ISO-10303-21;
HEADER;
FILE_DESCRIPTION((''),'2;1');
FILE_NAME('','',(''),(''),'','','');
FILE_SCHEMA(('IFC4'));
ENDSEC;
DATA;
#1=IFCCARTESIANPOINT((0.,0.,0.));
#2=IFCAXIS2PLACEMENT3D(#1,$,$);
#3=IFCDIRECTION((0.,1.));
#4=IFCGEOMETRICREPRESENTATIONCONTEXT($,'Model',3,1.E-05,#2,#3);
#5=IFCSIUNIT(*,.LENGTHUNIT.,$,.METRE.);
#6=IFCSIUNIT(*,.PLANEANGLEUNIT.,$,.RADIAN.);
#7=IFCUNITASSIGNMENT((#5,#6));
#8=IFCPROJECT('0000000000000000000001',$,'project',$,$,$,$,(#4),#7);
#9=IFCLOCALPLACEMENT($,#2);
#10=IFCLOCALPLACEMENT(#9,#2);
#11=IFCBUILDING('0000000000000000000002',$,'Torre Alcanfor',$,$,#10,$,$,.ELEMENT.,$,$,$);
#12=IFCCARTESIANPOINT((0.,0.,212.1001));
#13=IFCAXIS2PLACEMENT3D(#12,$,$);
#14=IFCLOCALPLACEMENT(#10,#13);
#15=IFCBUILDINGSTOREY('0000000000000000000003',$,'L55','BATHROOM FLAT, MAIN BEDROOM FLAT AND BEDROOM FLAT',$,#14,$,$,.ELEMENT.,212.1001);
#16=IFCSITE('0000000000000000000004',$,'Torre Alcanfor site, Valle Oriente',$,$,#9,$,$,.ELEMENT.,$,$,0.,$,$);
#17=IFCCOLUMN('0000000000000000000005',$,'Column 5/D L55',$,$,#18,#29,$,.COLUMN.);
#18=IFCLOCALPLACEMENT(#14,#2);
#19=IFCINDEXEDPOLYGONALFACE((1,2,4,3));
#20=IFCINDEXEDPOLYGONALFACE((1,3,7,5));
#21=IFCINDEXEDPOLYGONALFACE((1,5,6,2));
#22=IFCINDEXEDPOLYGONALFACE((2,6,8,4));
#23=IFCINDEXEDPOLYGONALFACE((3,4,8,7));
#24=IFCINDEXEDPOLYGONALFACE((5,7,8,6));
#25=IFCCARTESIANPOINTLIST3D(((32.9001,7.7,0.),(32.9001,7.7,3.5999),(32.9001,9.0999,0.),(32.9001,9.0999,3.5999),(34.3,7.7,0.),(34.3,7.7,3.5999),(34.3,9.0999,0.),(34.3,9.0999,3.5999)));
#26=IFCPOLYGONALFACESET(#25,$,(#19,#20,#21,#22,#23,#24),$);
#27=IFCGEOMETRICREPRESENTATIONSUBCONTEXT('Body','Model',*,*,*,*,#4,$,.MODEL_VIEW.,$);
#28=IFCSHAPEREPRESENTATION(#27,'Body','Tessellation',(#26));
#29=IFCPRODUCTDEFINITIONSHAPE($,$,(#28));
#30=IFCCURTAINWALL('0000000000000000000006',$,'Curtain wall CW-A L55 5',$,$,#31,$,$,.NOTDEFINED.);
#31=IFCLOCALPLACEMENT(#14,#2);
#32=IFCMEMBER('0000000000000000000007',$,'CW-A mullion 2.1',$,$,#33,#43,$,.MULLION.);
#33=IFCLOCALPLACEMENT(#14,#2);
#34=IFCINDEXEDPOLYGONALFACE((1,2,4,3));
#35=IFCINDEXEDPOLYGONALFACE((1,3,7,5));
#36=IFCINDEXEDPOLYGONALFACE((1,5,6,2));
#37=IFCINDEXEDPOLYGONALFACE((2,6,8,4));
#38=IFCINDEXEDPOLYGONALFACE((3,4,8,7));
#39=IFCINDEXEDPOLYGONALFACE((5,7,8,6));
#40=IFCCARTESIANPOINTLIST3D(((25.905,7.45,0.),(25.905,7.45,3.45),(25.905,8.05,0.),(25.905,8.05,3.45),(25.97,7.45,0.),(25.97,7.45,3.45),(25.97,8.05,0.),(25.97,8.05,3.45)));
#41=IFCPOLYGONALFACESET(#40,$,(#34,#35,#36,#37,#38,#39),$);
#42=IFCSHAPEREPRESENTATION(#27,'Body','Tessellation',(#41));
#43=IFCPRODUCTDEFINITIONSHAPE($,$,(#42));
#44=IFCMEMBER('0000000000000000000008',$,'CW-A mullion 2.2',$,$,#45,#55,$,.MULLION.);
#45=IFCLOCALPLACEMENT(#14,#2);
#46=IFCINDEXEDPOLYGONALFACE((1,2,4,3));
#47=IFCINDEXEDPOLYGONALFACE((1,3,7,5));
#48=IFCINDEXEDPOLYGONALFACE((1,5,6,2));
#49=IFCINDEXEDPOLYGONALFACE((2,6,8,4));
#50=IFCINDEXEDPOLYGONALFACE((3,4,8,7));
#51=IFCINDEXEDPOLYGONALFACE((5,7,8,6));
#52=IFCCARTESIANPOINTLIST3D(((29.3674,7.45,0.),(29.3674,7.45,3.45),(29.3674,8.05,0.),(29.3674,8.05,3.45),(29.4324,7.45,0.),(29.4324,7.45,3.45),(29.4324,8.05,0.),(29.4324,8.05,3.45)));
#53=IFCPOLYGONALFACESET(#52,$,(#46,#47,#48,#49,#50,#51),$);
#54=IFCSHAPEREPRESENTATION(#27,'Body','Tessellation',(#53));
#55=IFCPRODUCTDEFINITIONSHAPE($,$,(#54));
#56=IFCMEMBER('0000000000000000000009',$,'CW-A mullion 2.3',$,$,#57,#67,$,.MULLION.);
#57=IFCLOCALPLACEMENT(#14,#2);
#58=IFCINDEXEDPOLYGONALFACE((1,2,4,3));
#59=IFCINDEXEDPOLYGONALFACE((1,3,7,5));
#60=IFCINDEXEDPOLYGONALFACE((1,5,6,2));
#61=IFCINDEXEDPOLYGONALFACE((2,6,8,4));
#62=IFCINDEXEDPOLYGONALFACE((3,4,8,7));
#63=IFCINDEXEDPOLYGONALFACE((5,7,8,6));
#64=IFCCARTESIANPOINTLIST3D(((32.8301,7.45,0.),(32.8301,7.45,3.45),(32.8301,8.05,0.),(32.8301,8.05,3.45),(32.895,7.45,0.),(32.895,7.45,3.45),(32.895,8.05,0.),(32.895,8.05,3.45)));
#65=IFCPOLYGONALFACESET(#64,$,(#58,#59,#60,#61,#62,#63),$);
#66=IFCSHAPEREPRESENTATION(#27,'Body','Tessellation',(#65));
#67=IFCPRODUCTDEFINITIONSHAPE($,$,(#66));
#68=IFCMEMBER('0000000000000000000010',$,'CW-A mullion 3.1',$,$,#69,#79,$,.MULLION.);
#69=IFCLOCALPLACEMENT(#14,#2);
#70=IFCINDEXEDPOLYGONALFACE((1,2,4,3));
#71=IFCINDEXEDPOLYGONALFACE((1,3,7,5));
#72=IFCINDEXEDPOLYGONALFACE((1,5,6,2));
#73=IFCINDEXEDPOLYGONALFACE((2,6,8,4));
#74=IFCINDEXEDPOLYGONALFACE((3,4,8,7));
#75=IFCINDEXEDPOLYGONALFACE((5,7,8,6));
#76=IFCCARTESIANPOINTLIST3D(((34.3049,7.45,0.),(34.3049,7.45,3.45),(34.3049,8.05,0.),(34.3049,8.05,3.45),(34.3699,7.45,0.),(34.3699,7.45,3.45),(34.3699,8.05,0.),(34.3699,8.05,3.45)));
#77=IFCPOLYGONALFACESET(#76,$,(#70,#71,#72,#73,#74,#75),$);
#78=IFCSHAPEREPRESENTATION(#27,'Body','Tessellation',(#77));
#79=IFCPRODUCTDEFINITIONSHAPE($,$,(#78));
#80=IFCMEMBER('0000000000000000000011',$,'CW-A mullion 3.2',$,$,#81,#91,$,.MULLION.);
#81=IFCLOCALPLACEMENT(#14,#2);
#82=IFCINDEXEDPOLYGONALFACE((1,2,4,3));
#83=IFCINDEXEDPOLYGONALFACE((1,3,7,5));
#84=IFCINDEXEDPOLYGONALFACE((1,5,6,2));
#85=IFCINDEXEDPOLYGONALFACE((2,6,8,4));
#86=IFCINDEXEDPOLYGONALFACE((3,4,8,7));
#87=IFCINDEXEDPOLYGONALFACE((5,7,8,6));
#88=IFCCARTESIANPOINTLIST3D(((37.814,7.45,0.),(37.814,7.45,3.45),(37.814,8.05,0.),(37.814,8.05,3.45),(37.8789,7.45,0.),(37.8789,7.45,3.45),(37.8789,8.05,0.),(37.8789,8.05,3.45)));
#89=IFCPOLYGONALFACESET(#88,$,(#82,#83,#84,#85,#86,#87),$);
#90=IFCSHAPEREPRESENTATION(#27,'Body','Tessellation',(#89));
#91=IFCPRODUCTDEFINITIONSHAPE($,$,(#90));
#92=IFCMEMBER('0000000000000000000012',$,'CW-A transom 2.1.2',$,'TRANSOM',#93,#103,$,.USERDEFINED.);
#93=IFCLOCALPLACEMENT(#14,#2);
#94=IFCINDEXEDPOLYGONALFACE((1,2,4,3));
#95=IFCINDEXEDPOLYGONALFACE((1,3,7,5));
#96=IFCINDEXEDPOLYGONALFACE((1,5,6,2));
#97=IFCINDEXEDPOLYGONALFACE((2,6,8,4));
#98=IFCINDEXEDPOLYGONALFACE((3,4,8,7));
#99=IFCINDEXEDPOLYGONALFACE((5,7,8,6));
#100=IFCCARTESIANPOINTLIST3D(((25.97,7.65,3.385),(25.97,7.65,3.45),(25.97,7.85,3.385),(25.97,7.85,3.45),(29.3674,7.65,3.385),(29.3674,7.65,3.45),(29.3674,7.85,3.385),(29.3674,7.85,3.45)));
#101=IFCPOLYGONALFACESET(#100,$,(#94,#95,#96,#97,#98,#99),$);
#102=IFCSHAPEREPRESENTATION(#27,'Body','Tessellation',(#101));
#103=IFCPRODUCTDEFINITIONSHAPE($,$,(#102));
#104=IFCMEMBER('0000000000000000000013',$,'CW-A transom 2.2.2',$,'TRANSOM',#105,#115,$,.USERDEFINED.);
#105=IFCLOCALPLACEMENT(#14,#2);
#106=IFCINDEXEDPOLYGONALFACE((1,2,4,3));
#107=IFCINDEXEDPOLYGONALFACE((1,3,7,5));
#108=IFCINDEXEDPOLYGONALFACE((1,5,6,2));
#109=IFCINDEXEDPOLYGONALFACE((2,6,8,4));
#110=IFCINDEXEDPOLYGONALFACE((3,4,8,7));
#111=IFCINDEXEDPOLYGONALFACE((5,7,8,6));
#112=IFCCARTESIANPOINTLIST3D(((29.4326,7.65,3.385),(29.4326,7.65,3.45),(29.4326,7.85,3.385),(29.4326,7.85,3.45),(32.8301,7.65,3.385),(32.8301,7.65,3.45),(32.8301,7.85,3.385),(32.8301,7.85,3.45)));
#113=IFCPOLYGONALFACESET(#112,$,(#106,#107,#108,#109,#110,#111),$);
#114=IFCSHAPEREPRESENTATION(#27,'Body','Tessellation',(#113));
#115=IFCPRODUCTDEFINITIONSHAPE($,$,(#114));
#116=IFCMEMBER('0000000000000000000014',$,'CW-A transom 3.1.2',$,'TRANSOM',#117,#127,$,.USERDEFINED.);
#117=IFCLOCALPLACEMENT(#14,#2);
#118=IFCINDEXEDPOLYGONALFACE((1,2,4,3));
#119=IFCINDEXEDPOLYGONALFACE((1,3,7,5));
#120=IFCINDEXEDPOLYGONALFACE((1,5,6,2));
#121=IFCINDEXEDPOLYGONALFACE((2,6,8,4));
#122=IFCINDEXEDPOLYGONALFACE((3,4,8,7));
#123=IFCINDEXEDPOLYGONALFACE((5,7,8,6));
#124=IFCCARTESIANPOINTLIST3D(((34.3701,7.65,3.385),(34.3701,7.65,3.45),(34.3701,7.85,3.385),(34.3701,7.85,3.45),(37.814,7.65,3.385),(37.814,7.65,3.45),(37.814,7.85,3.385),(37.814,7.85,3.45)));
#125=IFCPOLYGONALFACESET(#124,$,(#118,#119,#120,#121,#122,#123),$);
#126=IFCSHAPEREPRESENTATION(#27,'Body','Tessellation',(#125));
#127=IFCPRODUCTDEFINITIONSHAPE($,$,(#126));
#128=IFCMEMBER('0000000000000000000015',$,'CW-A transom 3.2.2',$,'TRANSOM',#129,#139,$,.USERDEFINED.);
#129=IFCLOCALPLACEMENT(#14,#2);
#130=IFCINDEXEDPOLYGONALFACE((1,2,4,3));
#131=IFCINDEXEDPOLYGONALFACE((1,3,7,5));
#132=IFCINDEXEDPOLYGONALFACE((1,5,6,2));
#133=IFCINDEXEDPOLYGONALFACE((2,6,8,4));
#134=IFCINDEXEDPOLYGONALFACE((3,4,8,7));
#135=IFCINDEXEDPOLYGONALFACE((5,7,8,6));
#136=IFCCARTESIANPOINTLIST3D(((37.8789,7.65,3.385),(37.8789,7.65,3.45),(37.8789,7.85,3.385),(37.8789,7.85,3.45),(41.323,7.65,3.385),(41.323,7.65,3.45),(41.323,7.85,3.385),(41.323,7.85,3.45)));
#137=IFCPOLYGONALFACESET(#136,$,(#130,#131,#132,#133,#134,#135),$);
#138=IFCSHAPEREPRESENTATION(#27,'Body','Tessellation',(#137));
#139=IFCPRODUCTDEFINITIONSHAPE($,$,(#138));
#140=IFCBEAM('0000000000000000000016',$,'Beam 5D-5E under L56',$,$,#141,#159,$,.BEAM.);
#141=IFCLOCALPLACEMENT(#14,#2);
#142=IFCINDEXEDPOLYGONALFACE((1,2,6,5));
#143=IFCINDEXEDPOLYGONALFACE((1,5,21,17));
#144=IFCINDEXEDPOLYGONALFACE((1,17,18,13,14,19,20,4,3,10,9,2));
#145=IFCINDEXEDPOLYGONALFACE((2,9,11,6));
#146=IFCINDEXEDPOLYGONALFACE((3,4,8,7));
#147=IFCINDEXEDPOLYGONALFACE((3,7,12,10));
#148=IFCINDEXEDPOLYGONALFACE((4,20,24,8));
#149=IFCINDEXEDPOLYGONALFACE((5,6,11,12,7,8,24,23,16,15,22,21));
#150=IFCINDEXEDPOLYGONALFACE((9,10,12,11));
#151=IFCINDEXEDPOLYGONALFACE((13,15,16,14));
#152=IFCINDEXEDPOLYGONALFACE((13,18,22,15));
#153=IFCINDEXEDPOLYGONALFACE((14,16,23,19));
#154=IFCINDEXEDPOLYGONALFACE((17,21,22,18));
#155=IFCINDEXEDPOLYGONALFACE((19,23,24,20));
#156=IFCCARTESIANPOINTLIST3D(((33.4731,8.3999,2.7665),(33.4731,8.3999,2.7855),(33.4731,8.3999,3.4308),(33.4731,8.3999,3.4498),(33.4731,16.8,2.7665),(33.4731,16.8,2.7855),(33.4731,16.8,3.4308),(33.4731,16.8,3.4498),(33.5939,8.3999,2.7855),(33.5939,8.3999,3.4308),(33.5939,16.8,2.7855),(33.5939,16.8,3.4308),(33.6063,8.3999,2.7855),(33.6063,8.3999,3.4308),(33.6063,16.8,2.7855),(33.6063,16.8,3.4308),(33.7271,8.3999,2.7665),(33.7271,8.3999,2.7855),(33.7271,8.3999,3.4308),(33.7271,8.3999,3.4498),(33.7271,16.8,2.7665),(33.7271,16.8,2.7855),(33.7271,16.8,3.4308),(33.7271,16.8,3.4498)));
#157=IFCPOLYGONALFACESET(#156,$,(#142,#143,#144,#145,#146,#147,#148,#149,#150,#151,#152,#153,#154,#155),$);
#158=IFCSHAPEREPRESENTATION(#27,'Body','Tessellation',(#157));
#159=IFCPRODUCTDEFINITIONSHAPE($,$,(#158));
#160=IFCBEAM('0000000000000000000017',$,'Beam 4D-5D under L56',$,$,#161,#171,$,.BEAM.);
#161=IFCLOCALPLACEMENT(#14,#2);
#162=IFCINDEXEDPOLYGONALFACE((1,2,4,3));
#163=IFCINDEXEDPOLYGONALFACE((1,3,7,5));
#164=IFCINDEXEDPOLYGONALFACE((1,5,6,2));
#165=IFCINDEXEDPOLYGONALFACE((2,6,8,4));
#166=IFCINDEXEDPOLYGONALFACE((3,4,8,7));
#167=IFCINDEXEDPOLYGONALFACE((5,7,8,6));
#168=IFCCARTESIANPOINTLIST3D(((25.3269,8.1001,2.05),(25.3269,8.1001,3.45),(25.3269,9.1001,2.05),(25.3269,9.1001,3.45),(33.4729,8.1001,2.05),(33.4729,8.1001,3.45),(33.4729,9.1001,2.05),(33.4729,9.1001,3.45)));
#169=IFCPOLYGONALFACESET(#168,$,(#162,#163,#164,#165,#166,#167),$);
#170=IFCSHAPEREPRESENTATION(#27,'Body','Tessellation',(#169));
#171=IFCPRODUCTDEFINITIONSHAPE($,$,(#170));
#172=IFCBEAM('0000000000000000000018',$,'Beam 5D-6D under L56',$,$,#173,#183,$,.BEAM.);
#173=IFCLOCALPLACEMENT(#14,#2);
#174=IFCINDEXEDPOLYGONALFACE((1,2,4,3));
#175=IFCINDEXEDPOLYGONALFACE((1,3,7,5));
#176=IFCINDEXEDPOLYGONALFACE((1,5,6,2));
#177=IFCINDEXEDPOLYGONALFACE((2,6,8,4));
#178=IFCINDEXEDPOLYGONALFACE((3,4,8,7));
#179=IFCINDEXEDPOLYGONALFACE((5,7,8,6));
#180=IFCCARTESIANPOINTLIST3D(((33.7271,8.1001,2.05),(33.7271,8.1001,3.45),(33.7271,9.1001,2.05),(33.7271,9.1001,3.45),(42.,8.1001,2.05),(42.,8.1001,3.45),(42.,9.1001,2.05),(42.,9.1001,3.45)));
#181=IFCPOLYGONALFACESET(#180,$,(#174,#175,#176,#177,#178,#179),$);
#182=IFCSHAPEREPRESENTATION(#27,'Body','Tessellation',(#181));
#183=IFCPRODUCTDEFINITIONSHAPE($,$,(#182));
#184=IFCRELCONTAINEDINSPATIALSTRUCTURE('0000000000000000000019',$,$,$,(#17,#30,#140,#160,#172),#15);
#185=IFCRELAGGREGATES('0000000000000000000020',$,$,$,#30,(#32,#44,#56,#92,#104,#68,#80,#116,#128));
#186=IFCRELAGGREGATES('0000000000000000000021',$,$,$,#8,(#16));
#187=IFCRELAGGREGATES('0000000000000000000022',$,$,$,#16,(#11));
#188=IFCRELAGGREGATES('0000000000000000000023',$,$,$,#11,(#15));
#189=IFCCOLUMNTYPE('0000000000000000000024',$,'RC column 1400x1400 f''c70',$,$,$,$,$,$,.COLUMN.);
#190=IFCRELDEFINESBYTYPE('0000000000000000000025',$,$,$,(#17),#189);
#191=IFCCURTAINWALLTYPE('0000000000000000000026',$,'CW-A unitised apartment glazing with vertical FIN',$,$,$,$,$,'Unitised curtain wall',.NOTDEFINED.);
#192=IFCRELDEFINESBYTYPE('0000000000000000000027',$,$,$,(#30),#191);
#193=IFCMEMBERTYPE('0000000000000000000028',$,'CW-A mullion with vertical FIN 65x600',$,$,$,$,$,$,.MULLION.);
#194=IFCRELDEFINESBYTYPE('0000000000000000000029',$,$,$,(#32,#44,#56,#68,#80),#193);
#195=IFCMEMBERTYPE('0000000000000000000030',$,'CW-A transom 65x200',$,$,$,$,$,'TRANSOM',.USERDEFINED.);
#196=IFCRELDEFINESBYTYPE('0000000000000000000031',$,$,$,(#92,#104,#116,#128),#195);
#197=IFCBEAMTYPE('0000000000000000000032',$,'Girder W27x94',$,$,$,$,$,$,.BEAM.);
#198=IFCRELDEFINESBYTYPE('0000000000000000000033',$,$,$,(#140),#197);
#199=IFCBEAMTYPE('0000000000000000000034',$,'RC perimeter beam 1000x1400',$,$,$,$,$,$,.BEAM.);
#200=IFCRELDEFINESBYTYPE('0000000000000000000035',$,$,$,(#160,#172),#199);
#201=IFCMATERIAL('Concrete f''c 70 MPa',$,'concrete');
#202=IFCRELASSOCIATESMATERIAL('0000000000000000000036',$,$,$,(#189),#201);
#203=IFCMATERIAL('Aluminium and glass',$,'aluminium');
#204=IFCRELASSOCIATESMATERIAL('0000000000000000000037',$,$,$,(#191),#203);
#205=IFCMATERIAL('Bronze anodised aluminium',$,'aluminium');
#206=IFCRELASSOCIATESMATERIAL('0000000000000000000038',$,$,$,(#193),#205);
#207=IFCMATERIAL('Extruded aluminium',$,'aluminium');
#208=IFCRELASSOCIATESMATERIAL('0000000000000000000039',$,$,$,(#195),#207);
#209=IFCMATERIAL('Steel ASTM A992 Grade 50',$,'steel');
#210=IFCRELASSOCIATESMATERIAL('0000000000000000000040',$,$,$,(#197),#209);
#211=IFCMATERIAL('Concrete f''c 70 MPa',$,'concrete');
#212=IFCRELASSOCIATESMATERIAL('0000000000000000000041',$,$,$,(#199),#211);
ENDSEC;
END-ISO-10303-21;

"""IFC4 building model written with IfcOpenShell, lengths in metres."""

from ifc_helpers import new_model, si_unit, direction, frame, origin, origin_2d, place, context, subcontext, project, spatial, rectangle, i_section, extrude, material, material_profile, profile_set, type_object, element, aggregate, save


model = new_model("IFC4")

# Units and contexts
model_context = context("Model", 3, precision=1e-05, world=origin(), true_north=direction((0.0, 1.0)))
body_context = subcontext(model_context, "Body", "Model", "MODEL_VIEW")
ifc_project = project(units=[si_unit("LENGTHUNIT", "METRE"), si_unit("PLANEANGLEUNIT", "RADIAN")], contexts=[model_context])

# Site, building, storey
site_placement = place(None, origin())
site = spatial("IfcSite", under=ifc_project, at=site_placement, Name="Torre Alcanfor site, Valle Oriente", CompositionType="ELEMENT", RefElevation=0.0)
building_placement = place(site_placement, origin())
building = spatial("IfcBuilding", under=site, at=building_placement, Name="Torre Alcanfor", CompositionType="ELEMENT")
storey_placement = place(building_placement, frame((0.0, 0.0, 212.1001)))
storey = spatial("IfcBuildingStorey", under=building, at=storey_placement, Name="L55", Description="BATHROOM FLAT, MAIN BEDROOM FLAT AND BEDROOM FLAT", CompositionType="ELEMENT", Elevation=212.1001)

# Column
ifc_material_1 = material(Name="Concrete f'c 70 MPa", Category="concrete")
ifc_material_profile_1 = material_profile(ifc_material_1, rectangle(XDim=1.3999, YDim=1.3999, at=origin_2d()), Name="1400x1400")
ifc_profile_set_1 = profile_set([ifc_material_profile_1], Name="Concrete f'c 70 MPa")
column_type = type_object("IfcColumnType", Name="RC column 1400x1400 f'c70", PredefinedType="COLUMN", material=ifc_profile_set_1)
column_placement = place(storey_placement, frame((33.6001, 8.3999, 0.0), z_axis=(0.0, 0.0, 1.0), x_axis=(1.0, 0.0, 0.0)))
element("IfcColumn", 1, at=column_placement, inside=storey, type_object=column_type, Name="Column 5/D L55", PredefinedType="COLUMN", context=body_context, shape_type="SweptSolid", body=[
    extrude(rectangle(XDim=1.3999, YDim=1.3999, at=origin_2d()), origin(), (0.0, 0.0, 1.0), 3.5999),
])

# Curtain wall, members
ifc_material_2 = material(Name="Aluminium and glass", Category="aluminium")
curtain_wall_type = type_object("IfcCurtainWallType", Name="CW-A unitised apartment glazing with vertical FIN", ElementType="Unitised curtain wall", PredefinedType="NOTDEFINED", material=ifc_material_2)
curtain_wall_placement = place(storey_placement, origin())
curtain_wall = element("IfcCurtainWall", 2, at=curtain_wall_placement, inside=storey, type_object=curtain_wall_type, Name="Curtain wall CW-A L55 5", PredefinedType="NOTDEFINED")
ifc_material_3 = material(Name="Bronze anodised aluminium", Category="aluminium")
ifc_material_profile_2 = material_profile(ifc_material_3, rectangle(XDim=0.6001, YDim=0.0649, at=origin_2d()), Name="CW-A mullion 65x600")
ifc_profile_set_2 = profile_set([ifc_material_profile_2], Name="Bronze anodised aluminium")
member_type_1 = type_object("IfcMemberType", Name="CW-A mullion with vertical FIN 65x600", PredefinedType="MULLION", material=ifc_profile_set_2)
member_1_placement = place(storey_placement, frame((25.9375, 7.75, 0.0), z_axis=(0.0, 0.0, 1.0), x_axis=(0.0, 1.0, 0.0)))
member_1 = element("IfcMember", 3, at=member_1_placement, type_object=member_type_1, Name="CW-A mullion 2.1", PredefinedType="MULLION", context=body_context, shape_type="SweptSolid", body=[
    extrude(rectangle(XDim=0.6001, YDim=0.0649, at=origin_2d()), origin(), (0.0, 0.0, 1.0), 3.45),
])
member_2_placement = place(storey_placement, frame((29.3999, 7.75, 0.0), z_axis=(0.0, 0.0, 1.0), x_axis=(0.0, 1.0, 0.0)))
member_2 = element("IfcMember", 4, at=member_2_placement, type_object=member_type_1, Name="CW-A mullion 2.2", PredefinedType="MULLION", context=body_context, shape_type="SweptSolid", body=[
    extrude(rectangle(XDim=0.6001, YDim=0.0649, at=origin_2d()), origin(), (0.0, 0.0, 1.0), 3.45),
])
member_3_placement = place(storey_placement, frame((32.8625, 7.75, 0.0), z_axis=(0.0, 0.0, 1.0), x_axis=(0.0, 1.0, 0.0)))
member_3 = element("IfcMember", 5, at=member_3_placement, type_object=member_type_1, Name="CW-A mullion 2.3", PredefinedType="MULLION", context=body_context, shape_type="SweptSolid", body=[
    extrude(rectangle(XDim=0.6001, YDim=0.0649, at=origin_2d()), origin(), (0.0, 0.0, 1.0), 3.45),
])
member_4_placement = place(storey_placement, frame((34.3374, 7.75, 0.0), z_axis=(0.0, 0.0, 1.0), x_axis=(0.0, 1.0, 0.0)))
member_4 = element("IfcMember", 6, at=member_4_placement, type_object=member_type_1, Name="CW-A mullion 3.1", PredefinedType="MULLION", context=body_context, shape_type="SweptSolid", body=[
    extrude(rectangle(XDim=0.6001, YDim=0.0649, at=origin_2d()), origin(), (0.0, 0.0, 1.0), 3.45),
])
member_5_placement = place(storey_placement, frame((37.8464, 7.75, 0.0), z_axis=(0.0, 0.0, 1.0), x_axis=(0.0, 1.0, 0.0)))
member_5 = element("IfcMember", 7, at=member_5_placement, type_object=member_type_1, Name="CW-A mullion 3.2", PredefinedType="MULLION", context=body_context, shape_type="SweptSolid", body=[
    extrude(rectangle(XDim=0.6001, YDim=0.0649, at=origin_2d()), origin(), (0.0, 0.0, 1.0), 3.45),
])
ifc_material_4 = material(Name="Extruded aluminium", Category="aluminium")
ifc_material_profile_3 = material_profile(ifc_material_4, rectangle(XDim=0.2, YDim=0.0649, at=origin_2d()), Name="CW-A transom 200x65")
ifc_profile_set_3 = profile_set([ifc_material_profile_3], Name="Extruded aluminium")
member_type_2 = type_object("IfcMemberType", Name="CW-A transom 65x200", ElementType="TRANSOM", PredefinedType="USERDEFINED", material=ifc_profile_set_3)
member_6_placement = place(storey_placement, frame((25.97, 7.75, 3.4175), z_axis=(1.0, 0.0, 0.0), x_axis=(0.0, 1.0, 0.0)))
member_6 = element("IfcMember", 8, at=member_6_placement, type_object=member_type_2, Name="CW-A transom 2.1.2", ObjectType="TRANSOM", PredefinedType="USERDEFINED", context=body_context, shape_type="SweptSolid", body=[
    extrude(rectangle(XDim=0.2, YDim=0.0649, at=origin_2d()), origin(), (0.0, 0.0, 1.0), 3.3975),
])
member_7_placement = place(storey_placement, frame((29.4326, 7.75, 3.4175), z_axis=(1.0, 0.0, 0.0), x_axis=(0.0, 1.0, 0.0)))
member_7 = element("IfcMember", 9, at=member_7_placement, type_object=member_type_2, Name="CW-A transom 2.2.2", ObjectType="TRANSOM", PredefinedType="USERDEFINED", context=body_context, shape_type="SweptSolid", body=[
    extrude(rectangle(XDim=0.2, YDim=0.0649, at=origin_2d()), origin(), (0.0, 0.0, 1.0), 3.3975),
])
member_8_placement = place(storey_placement, frame((34.3701, 7.75, 3.4175), z_axis=(1.0, 0.0, 0.0), x_axis=(0.0, 1.0, 0.0)))
member_8 = element("IfcMember", 10, at=member_8_placement, type_object=member_type_2, Name="CW-A transom 3.1.2", ObjectType="TRANSOM", PredefinedType="USERDEFINED", context=body_context, shape_type="SweptSolid", body=[
    extrude(rectangle(XDim=0.2, YDim=0.0649, at=origin_2d()), origin(), (0.0, 0.0, 1.0), 3.4438),
])
member_9_placement = place(storey_placement, frame((37.8789, 7.75, 3.4175), z_axis=(1.0, 0.0, 0.0), x_axis=(0.0, 1.0, 0.0)))
member_9 = element("IfcMember", 11, at=member_9_placement, type_object=member_type_2, Name="CW-A transom 3.2.2", ObjectType="TRANSOM", PredefinedType="USERDEFINED", context=body_context, shape_type="SweptSolid", body=[
    extrude(rectangle(XDim=0.2, YDim=0.0649, at=origin_2d()), origin(), (0.0, 0.0, 1.0), 3.4441),
])

# Beams
ifc_material_5 = material(Name="Steel ASTM A992 Grade 50", Category="steel")
ifc_material_profile_4 = material_profile(ifc_material_5, i_section(OverallWidth=0.2539, OverallDepth=0.6833, WebThickness=0.0125, FlangeThickness=0.019, at=origin_2d()), Name="W27x94")
ifc_profile_set_4 = profile_set([ifc_material_profile_4], Name="Steel ASTM A992 Grade 50")
beam_type_1 = type_object("IfcBeamType", Name="Girder W27x94", PredefinedType="BEAM", material=ifc_profile_set_4)
beam_1_placement = place(storey_placement, frame((33.6001, 8.3999, 3.1082), z_axis=(0.0, 1.0, 0.0), x_axis=(-1.0, 0.0, 0.0)))
element("IfcBeam", 12, at=beam_1_placement, inside=storey, type_object=beam_type_1, Name="Beam 5D-5E under L56", PredefinedType="BEAM", context=body_context, shape_type="SweptSolid", body=[
    extrude(i_section(OverallWidth=0.2539, OverallDepth=0.6833, WebThickness=0.0125, FlangeThickness=0.019, at=origin_2d()), origin(), (0.0, 0.0, 1.0), 8.4001),
])
ifc_material_6 = material(Name="Concrete f'c 70 MPa", Category="concrete")
ifc_material_profile_5 = material_profile(ifc_material_6, rectangle(XDim=1.0, YDim=1.3999, at=origin_2d()), Name="1000x1400")
ifc_profile_set_5 = profile_set([ifc_material_profile_5], Name="Concrete f'c 70 MPa")
beam_type_2 = type_object("IfcBeamType", Name="RC perimeter beam 1000x1400", PredefinedType="BEAM", material=ifc_profile_set_5)
beam_2_placement = place(storey_placement, frame((25.3269, 8.6001, 2.75), z_axis=(1.0, 0.0, 0.0), x_axis=(0.0, 1.0, 0.0)))
element("IfcBeam", 13, at=beam_2_placement, inside=storey, type_object=beam_type_2, Name="Beam 4D-5D under L56", PredefinedType="BEAM", context=body_context, shape_type="SweptSolid", body=[
    extrude(rectangle(XDim=1.0, YDim=1.3999, at=origin_2d()), origin(), (0.0, 0.0, 1.0), 8.146),
])
beam_3_placement = place(storey_placement, frame((33.7271, 8.6001, 2.75), z_axis=(1.0, 0.0, 0.0), x_axis=(0.0, 1.0, 0.0)))
element("IfcBeam", 14, at=beam_3_placement, inside=storey, type_object=beam_type_2, Name="Beam 5D-6D under L56", PredefinedType="BEAM", context=body_context, shape_type="SweptSolid", body=[
    extrude(rectangle(XDim=1.0, YDim=1.3999, at=origin_2d()), origin(), (0.0, 0.0, 1.0), 8.2729),
])

aggregate(curtain_wall, [member_1, member_2, member_3, member_6, member_7, member_4, member_5, member_8, member_9])

save(model, "model.ifc")
